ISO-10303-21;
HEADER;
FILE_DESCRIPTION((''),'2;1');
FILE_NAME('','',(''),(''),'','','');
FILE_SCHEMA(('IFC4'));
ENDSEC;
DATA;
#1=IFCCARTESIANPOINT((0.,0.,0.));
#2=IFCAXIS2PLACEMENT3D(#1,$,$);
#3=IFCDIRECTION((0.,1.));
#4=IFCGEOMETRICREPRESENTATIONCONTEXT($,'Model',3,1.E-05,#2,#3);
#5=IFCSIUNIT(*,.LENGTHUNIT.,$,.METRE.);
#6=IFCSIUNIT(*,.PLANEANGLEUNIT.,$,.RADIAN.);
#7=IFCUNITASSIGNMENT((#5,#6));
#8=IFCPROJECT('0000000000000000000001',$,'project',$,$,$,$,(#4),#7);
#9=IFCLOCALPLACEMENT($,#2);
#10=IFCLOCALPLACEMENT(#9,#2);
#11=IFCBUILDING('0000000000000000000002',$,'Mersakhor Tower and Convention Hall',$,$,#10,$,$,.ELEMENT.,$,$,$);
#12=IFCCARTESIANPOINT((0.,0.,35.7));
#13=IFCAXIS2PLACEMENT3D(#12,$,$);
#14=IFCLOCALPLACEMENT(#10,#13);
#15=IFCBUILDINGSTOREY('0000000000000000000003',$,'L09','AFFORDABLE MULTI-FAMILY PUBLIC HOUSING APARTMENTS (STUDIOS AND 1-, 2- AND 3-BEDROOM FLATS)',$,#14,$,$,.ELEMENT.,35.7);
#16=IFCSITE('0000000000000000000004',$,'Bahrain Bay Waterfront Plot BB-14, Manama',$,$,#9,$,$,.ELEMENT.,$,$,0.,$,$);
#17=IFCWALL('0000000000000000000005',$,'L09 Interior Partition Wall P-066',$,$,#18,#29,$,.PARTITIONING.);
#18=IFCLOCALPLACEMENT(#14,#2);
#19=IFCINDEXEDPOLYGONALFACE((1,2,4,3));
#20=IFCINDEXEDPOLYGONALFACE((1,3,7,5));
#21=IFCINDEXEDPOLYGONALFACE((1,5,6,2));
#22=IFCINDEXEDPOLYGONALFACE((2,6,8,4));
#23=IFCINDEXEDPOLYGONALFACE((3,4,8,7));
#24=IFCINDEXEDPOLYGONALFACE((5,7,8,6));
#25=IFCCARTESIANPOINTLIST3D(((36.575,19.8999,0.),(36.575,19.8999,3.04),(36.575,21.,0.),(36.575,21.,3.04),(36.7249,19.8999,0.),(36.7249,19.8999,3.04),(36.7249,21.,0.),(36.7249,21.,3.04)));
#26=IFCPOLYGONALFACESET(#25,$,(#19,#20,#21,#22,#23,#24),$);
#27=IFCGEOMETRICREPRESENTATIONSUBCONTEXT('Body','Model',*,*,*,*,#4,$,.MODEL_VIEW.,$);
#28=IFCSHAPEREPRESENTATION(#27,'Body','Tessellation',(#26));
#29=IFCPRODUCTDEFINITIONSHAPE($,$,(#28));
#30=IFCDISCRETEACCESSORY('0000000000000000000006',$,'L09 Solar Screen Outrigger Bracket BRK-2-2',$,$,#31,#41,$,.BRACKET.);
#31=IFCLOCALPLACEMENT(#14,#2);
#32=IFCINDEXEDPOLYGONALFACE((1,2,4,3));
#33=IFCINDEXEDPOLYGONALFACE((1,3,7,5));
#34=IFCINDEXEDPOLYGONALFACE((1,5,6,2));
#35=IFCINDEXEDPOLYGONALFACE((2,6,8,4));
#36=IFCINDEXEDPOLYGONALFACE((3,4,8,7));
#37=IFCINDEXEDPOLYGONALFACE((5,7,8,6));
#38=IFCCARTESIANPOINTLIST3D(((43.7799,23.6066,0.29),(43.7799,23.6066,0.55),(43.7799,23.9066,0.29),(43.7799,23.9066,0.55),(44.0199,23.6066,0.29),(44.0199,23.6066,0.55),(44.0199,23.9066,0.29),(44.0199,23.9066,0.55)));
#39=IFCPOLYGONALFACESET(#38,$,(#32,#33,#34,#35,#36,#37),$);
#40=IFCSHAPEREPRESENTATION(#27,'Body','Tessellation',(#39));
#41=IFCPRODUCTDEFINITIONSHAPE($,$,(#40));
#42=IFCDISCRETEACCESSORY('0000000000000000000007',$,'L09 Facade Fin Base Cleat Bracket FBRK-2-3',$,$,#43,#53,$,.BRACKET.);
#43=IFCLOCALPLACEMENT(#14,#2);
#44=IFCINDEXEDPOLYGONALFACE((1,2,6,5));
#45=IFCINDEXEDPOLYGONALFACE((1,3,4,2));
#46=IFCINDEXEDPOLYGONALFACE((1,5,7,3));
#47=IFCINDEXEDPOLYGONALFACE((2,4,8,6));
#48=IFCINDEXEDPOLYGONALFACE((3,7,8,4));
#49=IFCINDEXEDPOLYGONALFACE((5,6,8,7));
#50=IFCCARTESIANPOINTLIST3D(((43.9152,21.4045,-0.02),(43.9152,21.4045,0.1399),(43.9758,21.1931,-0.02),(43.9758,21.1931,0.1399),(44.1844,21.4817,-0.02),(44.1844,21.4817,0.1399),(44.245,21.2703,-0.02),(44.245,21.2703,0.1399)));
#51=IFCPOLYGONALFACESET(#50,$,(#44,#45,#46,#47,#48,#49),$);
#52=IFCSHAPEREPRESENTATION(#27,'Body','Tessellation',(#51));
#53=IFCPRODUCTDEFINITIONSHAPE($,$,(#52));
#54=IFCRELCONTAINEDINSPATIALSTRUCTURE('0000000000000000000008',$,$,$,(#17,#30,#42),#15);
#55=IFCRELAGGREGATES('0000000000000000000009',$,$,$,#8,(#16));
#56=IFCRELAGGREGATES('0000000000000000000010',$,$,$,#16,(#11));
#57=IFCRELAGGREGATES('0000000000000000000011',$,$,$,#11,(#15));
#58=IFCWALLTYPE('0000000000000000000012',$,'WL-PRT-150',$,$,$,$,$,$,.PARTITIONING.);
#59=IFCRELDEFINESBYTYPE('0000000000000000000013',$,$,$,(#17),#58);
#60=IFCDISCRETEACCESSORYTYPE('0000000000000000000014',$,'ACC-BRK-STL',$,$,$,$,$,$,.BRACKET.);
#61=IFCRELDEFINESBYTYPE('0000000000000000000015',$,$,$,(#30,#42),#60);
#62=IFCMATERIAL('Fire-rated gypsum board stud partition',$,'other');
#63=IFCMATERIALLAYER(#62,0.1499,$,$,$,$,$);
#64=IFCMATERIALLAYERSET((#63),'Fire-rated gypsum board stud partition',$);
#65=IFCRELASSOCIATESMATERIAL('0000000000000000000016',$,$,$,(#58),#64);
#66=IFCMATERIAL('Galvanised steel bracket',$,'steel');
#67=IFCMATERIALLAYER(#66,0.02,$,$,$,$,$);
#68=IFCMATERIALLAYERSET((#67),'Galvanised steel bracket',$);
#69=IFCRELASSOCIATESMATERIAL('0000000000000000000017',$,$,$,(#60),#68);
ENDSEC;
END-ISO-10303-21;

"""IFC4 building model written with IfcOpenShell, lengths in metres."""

from ifc_helpers import new_model, si_unit, direction, frame, frame_2d, origin, origin_2d, place, context, subcontext, project, spatial, rectangle, extrude, material, layer, layer_set, type_object, element, save


model = new_model("IFC4")

# Units and contexts
model_context = context("Model", 3, precision=1e-05, world=origin(), true_north=direction((0.0, 1.0)))
body_context = subcontext(model_context, "Body", "Model", "MODEL_VIEW")
ifc_project = project(units=[si_unit("LENGTHUNIT", "METRE"), si_unit("PLANEANGLEUNIT", "RADIAN")], contexts=[model_context])

# Site, building, storey
site_placement = place(None, origin())
site = spatial("IfcSite", under=ifc_project, at=site_placement, Name="Bahrain Bay Waterfront Plot BB-14, Manama", CompositionType="ELEMENT", RefElevation=0.0)
building_placement = place(site_placement, origin())
building = spatial("IfcBuilding", under=site, at=building_placement, Name="Mersakhor Tower and Convention Hall", CompositionType="ELEMENT")
storey_placement = place(building_placement, frame((0.0, 0.0, 35.7)))
storey = spatial("IfcBuildingStorey", under=building, at=storey_placement, Name="L09", Description="AFFORDABLE MULTI-FAMILY PUBLIC HOUSING APARTMENTS (STUDIOS AND 1-, 2- AND 3-BEDROOM FLATS)", CompositionType="ELEMENT", Elevation=35.7)

# Wall
ifc_material_1 = material(Name="Fire-rated gypsum board stud partition", Category="other")
ifc_layer_1 = layer(ifc_material_1, 0.1499)
ifc_layer_set_1 = layer_set([ifc_layer_1], Name="Fire-rated gypsum board stud partition")
wall_type_1 = type_object("IfcWallType", Name="WL-PRT-150", PredefinedType="PARTITIONING", material=ifc_layer_set_1)
wall_1_placement = place(storey_placement, frame((36.6499, 19.8999, 0.0), z_axis=(0.0, 0.0, 1.0), x_axis=(0.0, 1.0, 0.0)))
element("IfcWall", 1, at=wall_1_placement, inside=storey, type_object=wall_type_1, Name="L09 Interior Partition Wall P-066", PredefinedType="PARTITIONING", context=body_context, shape_type="SweptSolid", body=[
    extrude(rectangle(XDim=1.1001, YDim=0.1499, at=frame_2d((0.55, 0.0))), origin(), (0.0, 0.0, 1.0), 3.04),
])

# Discrete accessories
ifc_material_2 = material(Name="Galvanised steel bracket", Category="steel")
ifc_layer_2 = layer(ifc_material_2, 0.02)
ifc_layer_set_2 = layer_set([ifc_layer_2], Name="Galvanised steel bracket")
discrete_accessory_type = type_object("IfcDiscreteAccessoryType", Name="ACC-BRK-STL", PredefinedType="BRACKET", material=ifc_layer_set_2)
discrete_accessory_1_placement = place(storey_placement, frame((43.8999, 23.7566, 0.29), z_axis=(0.0, 0.0, 1.0), x_axis=(0.0, -1.0, 0.0)))
element("IfcDiscreteAccessory", 2, at=discrete_accessory_1_placement, inside=storey, type_object=discrete_accessory_type, Name="L09 Solar Screen Outrigger Bracket BRK-2-2", PredefinedType="BRACKET", context=body_context, shape_type="SweptSolid", body=[
    extrude(rectangle(XDim=0.3, YDim=0.24, at=origin_2d()), origin(), (0.0, 0.0, 1.0), 0.26),
])
discrete_accessory_2_placement = place(storey_placement, frame((44.0801, 21.3374, -0.02), z_axis=(0.0, 0.0, 1.0), x_axis=(0.961262, 0.275637, 0.0)))
element("IfcDiscreteAccessory", 3, at=discrete_accessory_2_placement, inside=storey, type_object=discrete_accessory_type, Name="L09 Facade Fin Base Cleat Bracket FBRK-2-3", PredefinedType="BRACKET", context=body_context, shape_type="SweptSolid", body=[
    extrude(rectangle(XDim=0.28, YDim=0.22, at=origin_2d()), origin(), (0.0, 0.0, 1.0), 0.1599),
])

save(model, "model.ifc")
